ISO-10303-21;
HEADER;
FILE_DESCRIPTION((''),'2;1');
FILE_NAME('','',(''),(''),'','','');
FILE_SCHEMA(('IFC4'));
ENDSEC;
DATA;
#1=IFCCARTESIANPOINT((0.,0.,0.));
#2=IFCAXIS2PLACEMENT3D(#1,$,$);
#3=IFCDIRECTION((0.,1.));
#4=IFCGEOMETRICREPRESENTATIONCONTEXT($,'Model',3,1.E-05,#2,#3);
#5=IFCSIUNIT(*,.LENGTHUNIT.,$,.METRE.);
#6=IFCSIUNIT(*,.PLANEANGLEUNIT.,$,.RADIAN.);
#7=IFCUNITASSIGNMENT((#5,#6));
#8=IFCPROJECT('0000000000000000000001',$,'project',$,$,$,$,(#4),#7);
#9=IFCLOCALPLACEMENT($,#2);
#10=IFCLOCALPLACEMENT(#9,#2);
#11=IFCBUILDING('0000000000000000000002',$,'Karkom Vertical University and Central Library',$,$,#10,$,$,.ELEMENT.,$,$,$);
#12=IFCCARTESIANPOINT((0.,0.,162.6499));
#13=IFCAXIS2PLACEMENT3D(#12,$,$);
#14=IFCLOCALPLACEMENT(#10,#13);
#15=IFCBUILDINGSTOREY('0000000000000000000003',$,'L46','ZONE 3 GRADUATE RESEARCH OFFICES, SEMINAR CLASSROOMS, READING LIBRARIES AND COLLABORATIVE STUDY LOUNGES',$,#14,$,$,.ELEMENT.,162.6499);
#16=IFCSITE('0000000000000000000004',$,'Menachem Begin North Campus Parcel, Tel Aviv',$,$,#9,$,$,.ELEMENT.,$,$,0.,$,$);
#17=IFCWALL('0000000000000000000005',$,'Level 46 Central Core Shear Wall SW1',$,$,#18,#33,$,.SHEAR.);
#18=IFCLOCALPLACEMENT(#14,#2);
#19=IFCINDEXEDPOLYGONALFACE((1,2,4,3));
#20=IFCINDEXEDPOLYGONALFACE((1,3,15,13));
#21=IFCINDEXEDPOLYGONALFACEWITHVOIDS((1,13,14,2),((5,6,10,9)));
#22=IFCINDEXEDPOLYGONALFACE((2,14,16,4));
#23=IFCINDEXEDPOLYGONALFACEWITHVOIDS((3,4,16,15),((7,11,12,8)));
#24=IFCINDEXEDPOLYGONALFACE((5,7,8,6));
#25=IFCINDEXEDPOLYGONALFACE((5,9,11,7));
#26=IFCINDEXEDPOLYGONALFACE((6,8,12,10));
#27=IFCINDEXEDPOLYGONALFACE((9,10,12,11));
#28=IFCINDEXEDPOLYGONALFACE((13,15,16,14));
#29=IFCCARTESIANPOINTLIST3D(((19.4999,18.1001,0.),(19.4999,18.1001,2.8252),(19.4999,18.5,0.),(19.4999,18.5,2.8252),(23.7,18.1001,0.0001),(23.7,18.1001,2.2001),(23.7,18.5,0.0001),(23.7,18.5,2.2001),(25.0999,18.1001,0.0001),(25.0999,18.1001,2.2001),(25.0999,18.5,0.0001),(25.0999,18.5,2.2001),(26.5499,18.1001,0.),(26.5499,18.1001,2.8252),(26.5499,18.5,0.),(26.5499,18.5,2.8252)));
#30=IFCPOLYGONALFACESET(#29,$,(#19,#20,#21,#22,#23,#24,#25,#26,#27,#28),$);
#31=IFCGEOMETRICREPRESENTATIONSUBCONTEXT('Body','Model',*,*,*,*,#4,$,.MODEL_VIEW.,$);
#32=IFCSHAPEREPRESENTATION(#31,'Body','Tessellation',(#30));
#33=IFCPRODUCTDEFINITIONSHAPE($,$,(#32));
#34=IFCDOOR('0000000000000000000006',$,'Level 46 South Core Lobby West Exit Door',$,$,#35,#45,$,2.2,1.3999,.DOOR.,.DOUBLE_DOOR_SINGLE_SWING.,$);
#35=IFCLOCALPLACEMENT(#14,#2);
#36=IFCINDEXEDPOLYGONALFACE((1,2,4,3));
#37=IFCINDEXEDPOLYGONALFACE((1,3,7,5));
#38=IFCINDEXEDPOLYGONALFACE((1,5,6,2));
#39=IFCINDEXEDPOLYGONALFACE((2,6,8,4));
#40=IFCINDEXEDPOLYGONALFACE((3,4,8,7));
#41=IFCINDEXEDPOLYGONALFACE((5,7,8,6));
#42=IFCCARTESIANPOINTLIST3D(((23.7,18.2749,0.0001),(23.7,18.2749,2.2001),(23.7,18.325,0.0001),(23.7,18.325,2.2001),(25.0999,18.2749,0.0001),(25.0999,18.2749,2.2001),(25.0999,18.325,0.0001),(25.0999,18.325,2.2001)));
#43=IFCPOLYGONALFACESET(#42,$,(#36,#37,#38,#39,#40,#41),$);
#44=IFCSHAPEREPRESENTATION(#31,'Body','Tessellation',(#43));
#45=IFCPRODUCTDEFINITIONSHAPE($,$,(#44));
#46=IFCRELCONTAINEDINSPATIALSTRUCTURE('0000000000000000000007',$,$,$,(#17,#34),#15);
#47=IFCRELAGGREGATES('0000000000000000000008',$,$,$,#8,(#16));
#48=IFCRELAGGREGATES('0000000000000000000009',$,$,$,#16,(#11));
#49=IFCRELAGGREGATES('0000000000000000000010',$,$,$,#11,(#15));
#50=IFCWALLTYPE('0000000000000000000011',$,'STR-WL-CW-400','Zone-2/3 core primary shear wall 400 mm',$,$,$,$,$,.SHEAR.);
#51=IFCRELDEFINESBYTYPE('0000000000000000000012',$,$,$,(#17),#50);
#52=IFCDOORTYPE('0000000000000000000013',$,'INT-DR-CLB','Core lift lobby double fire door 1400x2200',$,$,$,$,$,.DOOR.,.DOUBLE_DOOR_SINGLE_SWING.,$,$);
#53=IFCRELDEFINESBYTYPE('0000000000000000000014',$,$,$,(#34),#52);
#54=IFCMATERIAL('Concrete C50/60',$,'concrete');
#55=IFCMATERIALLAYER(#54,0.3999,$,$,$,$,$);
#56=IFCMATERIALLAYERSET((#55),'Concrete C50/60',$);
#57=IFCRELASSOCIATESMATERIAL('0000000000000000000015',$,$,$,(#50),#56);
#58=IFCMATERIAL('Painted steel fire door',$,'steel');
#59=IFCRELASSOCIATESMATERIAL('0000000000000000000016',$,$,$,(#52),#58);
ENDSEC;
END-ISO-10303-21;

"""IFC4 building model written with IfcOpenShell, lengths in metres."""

from ifc_helpers import new_model, si_unit, direction, frame, frame_2d, origin, origin_with_axes, place, context, subcontext, project, spatial, rectangle, extrude, source, transform, mapped, material, layer, layer_set, type_object, element, fill, save


model = new_model("IFC4")

# Units and contexts
model_context = context("Model", 3, precision=1e-05, world=origin(), true_north=direction((0.0, 1.0)))
body_context = subcontext(model_context, "Body", "Model", "MODEL_VIEW")
ifc_project = project(units=[si_unit("LENGTHUNIT", "METRE"), si_unit("PLANEANGLEUNIT", "RADIAN")], contexts=[model_context])

# Site, building, storey
site_placement = place(None, origin())
site = spatial("IfcSite", under=ifc_project, at=site_placement, Name="Menachem Begin North Campus Parcel, Tel Aviv", CompositionType="ELEMENT", RefElevation=0.0)
building_placement = place(site_placement, origin())
building = spatial("IfcBuilding", under=site, at=building_placement, Name="Karkom Vertical University and Central Library", CompositionType="ELEMENT")
storey_placement = place(building_placement, frame((0.0, 0.0, 162.6499)))
storey = spatial("IfcBuildingStorey", under=building, at=storey_placement, Name="L46", Description="ZONE 3 GRADUATE RESEARCH OFFICES, SEMINAR CLASSROOMS, READING LIBRARIES AND COLLABORATIVE STUDY LOUNGES", CompositionType="ELEMENT", Elevation=162.6499)

# Shared definitions
ifc_material_1 = material(Name="Concrete C50/60", Category="concrete")

# Wall, opening, door
ifc_layer_1 = layer(ifc_material_1, 0.3999)
ifc_layer_set_1 = layer_set([ifc_layer_1], Name="Concrete C50/60")
wall_type_1 = type_object("IfcWallType", Name="STR-WL-CW-400", Description="Zone-2/3 core primary shear wall 400 mm", PredefinedType="SHEAR", material=ifc_layer_set_1)
wall_1_placement = place(storey_placement, frame((19.5, 18.3, 0.0), z_axis=(0.0, 0.0, 1.0), x_axis=(1.0, 0.0, 0.0)))
wall_1 = element("IfcWall", 1, at=wall_1_placement, inside=storey, type_object=wall_type_1, Name="Level 46 Central Core Shear Wall SW1", PredefinedType="SHEAR", context=body_context, shape_type="SweptSolid", body=[
    extrude(rectangle(XDim=7.05, YDim=0.3999, at=frame_2d((3.5249, 0.0))), origin(), (0.0, 0.0, 1.0), 2.8252),
])
opening_1_placement = place(wall_1_placement, frame((4.2, 0.0, 0.0)))
opening_1 = element("IfcOpeningElement", 2, at=opening_1_placement, cuts=wall_1, PredefinedType="OPENING", context=body_context, shape_type="SweptSolid", body=[
    extrude(rectangle(XDim=1.3999, YDim=2.2, at=frame_2d((0.7, 1.1001))), frame((0.0, 0.21, 0.0), z_axis=(0.0, -1.0, 0.0), x_axis=(1.0, 0.0, 0.0)), (0.0, 0.0, 1.0), 0.4199),
])
ifc_material_2 = material(Name="Painted steel fire door", Category="steel")
door_type_1 = type_object("IfcDoorType", Name="INT-DR-CLB", Description="Core lift lobby double fire door 1400x2200", OperationType="DOUBLE_DOOR_SINGLE_SWING", PredefinedType="DOOR", material=ifc_material_2)
shared_shape_1 = source(origin_with_axes(), body_context, "Body", "SweptSolid", [
    extrude(rectangle(XDim=1.3999, YDim=2.2, at=frame_2d((0.7, 1.1001))), frame((0.0, 0.0249, 0.0), z_axis=(0.0, -1.0, 0.0), x_axis=(1.0, 0.0, 0.0)), (0.0, 0.0, 1.0), 0.05),
])
door_1_placement = place(opening_1_placement, origin())
door_1 = element("IfcDoor", 3, at=door_1_placement, inside=storey, type_object=door_type_1, Name="Level 46 South Core Lobby West Exit Door", OperationType="DOUBLE_DOOR_SINGLE_SWING", OverallHeight=2.2, OverallWidth=1.3999, PredefinedType="DOOR", context=body_context, shape_type="MappedRepresentation", body=[
    mapped(shared_shape_1, transform((0.0, 0.0, 0.0), scale=1.0)),
])
fill(opening_1, door_1)

save(model, "model.ifc")
